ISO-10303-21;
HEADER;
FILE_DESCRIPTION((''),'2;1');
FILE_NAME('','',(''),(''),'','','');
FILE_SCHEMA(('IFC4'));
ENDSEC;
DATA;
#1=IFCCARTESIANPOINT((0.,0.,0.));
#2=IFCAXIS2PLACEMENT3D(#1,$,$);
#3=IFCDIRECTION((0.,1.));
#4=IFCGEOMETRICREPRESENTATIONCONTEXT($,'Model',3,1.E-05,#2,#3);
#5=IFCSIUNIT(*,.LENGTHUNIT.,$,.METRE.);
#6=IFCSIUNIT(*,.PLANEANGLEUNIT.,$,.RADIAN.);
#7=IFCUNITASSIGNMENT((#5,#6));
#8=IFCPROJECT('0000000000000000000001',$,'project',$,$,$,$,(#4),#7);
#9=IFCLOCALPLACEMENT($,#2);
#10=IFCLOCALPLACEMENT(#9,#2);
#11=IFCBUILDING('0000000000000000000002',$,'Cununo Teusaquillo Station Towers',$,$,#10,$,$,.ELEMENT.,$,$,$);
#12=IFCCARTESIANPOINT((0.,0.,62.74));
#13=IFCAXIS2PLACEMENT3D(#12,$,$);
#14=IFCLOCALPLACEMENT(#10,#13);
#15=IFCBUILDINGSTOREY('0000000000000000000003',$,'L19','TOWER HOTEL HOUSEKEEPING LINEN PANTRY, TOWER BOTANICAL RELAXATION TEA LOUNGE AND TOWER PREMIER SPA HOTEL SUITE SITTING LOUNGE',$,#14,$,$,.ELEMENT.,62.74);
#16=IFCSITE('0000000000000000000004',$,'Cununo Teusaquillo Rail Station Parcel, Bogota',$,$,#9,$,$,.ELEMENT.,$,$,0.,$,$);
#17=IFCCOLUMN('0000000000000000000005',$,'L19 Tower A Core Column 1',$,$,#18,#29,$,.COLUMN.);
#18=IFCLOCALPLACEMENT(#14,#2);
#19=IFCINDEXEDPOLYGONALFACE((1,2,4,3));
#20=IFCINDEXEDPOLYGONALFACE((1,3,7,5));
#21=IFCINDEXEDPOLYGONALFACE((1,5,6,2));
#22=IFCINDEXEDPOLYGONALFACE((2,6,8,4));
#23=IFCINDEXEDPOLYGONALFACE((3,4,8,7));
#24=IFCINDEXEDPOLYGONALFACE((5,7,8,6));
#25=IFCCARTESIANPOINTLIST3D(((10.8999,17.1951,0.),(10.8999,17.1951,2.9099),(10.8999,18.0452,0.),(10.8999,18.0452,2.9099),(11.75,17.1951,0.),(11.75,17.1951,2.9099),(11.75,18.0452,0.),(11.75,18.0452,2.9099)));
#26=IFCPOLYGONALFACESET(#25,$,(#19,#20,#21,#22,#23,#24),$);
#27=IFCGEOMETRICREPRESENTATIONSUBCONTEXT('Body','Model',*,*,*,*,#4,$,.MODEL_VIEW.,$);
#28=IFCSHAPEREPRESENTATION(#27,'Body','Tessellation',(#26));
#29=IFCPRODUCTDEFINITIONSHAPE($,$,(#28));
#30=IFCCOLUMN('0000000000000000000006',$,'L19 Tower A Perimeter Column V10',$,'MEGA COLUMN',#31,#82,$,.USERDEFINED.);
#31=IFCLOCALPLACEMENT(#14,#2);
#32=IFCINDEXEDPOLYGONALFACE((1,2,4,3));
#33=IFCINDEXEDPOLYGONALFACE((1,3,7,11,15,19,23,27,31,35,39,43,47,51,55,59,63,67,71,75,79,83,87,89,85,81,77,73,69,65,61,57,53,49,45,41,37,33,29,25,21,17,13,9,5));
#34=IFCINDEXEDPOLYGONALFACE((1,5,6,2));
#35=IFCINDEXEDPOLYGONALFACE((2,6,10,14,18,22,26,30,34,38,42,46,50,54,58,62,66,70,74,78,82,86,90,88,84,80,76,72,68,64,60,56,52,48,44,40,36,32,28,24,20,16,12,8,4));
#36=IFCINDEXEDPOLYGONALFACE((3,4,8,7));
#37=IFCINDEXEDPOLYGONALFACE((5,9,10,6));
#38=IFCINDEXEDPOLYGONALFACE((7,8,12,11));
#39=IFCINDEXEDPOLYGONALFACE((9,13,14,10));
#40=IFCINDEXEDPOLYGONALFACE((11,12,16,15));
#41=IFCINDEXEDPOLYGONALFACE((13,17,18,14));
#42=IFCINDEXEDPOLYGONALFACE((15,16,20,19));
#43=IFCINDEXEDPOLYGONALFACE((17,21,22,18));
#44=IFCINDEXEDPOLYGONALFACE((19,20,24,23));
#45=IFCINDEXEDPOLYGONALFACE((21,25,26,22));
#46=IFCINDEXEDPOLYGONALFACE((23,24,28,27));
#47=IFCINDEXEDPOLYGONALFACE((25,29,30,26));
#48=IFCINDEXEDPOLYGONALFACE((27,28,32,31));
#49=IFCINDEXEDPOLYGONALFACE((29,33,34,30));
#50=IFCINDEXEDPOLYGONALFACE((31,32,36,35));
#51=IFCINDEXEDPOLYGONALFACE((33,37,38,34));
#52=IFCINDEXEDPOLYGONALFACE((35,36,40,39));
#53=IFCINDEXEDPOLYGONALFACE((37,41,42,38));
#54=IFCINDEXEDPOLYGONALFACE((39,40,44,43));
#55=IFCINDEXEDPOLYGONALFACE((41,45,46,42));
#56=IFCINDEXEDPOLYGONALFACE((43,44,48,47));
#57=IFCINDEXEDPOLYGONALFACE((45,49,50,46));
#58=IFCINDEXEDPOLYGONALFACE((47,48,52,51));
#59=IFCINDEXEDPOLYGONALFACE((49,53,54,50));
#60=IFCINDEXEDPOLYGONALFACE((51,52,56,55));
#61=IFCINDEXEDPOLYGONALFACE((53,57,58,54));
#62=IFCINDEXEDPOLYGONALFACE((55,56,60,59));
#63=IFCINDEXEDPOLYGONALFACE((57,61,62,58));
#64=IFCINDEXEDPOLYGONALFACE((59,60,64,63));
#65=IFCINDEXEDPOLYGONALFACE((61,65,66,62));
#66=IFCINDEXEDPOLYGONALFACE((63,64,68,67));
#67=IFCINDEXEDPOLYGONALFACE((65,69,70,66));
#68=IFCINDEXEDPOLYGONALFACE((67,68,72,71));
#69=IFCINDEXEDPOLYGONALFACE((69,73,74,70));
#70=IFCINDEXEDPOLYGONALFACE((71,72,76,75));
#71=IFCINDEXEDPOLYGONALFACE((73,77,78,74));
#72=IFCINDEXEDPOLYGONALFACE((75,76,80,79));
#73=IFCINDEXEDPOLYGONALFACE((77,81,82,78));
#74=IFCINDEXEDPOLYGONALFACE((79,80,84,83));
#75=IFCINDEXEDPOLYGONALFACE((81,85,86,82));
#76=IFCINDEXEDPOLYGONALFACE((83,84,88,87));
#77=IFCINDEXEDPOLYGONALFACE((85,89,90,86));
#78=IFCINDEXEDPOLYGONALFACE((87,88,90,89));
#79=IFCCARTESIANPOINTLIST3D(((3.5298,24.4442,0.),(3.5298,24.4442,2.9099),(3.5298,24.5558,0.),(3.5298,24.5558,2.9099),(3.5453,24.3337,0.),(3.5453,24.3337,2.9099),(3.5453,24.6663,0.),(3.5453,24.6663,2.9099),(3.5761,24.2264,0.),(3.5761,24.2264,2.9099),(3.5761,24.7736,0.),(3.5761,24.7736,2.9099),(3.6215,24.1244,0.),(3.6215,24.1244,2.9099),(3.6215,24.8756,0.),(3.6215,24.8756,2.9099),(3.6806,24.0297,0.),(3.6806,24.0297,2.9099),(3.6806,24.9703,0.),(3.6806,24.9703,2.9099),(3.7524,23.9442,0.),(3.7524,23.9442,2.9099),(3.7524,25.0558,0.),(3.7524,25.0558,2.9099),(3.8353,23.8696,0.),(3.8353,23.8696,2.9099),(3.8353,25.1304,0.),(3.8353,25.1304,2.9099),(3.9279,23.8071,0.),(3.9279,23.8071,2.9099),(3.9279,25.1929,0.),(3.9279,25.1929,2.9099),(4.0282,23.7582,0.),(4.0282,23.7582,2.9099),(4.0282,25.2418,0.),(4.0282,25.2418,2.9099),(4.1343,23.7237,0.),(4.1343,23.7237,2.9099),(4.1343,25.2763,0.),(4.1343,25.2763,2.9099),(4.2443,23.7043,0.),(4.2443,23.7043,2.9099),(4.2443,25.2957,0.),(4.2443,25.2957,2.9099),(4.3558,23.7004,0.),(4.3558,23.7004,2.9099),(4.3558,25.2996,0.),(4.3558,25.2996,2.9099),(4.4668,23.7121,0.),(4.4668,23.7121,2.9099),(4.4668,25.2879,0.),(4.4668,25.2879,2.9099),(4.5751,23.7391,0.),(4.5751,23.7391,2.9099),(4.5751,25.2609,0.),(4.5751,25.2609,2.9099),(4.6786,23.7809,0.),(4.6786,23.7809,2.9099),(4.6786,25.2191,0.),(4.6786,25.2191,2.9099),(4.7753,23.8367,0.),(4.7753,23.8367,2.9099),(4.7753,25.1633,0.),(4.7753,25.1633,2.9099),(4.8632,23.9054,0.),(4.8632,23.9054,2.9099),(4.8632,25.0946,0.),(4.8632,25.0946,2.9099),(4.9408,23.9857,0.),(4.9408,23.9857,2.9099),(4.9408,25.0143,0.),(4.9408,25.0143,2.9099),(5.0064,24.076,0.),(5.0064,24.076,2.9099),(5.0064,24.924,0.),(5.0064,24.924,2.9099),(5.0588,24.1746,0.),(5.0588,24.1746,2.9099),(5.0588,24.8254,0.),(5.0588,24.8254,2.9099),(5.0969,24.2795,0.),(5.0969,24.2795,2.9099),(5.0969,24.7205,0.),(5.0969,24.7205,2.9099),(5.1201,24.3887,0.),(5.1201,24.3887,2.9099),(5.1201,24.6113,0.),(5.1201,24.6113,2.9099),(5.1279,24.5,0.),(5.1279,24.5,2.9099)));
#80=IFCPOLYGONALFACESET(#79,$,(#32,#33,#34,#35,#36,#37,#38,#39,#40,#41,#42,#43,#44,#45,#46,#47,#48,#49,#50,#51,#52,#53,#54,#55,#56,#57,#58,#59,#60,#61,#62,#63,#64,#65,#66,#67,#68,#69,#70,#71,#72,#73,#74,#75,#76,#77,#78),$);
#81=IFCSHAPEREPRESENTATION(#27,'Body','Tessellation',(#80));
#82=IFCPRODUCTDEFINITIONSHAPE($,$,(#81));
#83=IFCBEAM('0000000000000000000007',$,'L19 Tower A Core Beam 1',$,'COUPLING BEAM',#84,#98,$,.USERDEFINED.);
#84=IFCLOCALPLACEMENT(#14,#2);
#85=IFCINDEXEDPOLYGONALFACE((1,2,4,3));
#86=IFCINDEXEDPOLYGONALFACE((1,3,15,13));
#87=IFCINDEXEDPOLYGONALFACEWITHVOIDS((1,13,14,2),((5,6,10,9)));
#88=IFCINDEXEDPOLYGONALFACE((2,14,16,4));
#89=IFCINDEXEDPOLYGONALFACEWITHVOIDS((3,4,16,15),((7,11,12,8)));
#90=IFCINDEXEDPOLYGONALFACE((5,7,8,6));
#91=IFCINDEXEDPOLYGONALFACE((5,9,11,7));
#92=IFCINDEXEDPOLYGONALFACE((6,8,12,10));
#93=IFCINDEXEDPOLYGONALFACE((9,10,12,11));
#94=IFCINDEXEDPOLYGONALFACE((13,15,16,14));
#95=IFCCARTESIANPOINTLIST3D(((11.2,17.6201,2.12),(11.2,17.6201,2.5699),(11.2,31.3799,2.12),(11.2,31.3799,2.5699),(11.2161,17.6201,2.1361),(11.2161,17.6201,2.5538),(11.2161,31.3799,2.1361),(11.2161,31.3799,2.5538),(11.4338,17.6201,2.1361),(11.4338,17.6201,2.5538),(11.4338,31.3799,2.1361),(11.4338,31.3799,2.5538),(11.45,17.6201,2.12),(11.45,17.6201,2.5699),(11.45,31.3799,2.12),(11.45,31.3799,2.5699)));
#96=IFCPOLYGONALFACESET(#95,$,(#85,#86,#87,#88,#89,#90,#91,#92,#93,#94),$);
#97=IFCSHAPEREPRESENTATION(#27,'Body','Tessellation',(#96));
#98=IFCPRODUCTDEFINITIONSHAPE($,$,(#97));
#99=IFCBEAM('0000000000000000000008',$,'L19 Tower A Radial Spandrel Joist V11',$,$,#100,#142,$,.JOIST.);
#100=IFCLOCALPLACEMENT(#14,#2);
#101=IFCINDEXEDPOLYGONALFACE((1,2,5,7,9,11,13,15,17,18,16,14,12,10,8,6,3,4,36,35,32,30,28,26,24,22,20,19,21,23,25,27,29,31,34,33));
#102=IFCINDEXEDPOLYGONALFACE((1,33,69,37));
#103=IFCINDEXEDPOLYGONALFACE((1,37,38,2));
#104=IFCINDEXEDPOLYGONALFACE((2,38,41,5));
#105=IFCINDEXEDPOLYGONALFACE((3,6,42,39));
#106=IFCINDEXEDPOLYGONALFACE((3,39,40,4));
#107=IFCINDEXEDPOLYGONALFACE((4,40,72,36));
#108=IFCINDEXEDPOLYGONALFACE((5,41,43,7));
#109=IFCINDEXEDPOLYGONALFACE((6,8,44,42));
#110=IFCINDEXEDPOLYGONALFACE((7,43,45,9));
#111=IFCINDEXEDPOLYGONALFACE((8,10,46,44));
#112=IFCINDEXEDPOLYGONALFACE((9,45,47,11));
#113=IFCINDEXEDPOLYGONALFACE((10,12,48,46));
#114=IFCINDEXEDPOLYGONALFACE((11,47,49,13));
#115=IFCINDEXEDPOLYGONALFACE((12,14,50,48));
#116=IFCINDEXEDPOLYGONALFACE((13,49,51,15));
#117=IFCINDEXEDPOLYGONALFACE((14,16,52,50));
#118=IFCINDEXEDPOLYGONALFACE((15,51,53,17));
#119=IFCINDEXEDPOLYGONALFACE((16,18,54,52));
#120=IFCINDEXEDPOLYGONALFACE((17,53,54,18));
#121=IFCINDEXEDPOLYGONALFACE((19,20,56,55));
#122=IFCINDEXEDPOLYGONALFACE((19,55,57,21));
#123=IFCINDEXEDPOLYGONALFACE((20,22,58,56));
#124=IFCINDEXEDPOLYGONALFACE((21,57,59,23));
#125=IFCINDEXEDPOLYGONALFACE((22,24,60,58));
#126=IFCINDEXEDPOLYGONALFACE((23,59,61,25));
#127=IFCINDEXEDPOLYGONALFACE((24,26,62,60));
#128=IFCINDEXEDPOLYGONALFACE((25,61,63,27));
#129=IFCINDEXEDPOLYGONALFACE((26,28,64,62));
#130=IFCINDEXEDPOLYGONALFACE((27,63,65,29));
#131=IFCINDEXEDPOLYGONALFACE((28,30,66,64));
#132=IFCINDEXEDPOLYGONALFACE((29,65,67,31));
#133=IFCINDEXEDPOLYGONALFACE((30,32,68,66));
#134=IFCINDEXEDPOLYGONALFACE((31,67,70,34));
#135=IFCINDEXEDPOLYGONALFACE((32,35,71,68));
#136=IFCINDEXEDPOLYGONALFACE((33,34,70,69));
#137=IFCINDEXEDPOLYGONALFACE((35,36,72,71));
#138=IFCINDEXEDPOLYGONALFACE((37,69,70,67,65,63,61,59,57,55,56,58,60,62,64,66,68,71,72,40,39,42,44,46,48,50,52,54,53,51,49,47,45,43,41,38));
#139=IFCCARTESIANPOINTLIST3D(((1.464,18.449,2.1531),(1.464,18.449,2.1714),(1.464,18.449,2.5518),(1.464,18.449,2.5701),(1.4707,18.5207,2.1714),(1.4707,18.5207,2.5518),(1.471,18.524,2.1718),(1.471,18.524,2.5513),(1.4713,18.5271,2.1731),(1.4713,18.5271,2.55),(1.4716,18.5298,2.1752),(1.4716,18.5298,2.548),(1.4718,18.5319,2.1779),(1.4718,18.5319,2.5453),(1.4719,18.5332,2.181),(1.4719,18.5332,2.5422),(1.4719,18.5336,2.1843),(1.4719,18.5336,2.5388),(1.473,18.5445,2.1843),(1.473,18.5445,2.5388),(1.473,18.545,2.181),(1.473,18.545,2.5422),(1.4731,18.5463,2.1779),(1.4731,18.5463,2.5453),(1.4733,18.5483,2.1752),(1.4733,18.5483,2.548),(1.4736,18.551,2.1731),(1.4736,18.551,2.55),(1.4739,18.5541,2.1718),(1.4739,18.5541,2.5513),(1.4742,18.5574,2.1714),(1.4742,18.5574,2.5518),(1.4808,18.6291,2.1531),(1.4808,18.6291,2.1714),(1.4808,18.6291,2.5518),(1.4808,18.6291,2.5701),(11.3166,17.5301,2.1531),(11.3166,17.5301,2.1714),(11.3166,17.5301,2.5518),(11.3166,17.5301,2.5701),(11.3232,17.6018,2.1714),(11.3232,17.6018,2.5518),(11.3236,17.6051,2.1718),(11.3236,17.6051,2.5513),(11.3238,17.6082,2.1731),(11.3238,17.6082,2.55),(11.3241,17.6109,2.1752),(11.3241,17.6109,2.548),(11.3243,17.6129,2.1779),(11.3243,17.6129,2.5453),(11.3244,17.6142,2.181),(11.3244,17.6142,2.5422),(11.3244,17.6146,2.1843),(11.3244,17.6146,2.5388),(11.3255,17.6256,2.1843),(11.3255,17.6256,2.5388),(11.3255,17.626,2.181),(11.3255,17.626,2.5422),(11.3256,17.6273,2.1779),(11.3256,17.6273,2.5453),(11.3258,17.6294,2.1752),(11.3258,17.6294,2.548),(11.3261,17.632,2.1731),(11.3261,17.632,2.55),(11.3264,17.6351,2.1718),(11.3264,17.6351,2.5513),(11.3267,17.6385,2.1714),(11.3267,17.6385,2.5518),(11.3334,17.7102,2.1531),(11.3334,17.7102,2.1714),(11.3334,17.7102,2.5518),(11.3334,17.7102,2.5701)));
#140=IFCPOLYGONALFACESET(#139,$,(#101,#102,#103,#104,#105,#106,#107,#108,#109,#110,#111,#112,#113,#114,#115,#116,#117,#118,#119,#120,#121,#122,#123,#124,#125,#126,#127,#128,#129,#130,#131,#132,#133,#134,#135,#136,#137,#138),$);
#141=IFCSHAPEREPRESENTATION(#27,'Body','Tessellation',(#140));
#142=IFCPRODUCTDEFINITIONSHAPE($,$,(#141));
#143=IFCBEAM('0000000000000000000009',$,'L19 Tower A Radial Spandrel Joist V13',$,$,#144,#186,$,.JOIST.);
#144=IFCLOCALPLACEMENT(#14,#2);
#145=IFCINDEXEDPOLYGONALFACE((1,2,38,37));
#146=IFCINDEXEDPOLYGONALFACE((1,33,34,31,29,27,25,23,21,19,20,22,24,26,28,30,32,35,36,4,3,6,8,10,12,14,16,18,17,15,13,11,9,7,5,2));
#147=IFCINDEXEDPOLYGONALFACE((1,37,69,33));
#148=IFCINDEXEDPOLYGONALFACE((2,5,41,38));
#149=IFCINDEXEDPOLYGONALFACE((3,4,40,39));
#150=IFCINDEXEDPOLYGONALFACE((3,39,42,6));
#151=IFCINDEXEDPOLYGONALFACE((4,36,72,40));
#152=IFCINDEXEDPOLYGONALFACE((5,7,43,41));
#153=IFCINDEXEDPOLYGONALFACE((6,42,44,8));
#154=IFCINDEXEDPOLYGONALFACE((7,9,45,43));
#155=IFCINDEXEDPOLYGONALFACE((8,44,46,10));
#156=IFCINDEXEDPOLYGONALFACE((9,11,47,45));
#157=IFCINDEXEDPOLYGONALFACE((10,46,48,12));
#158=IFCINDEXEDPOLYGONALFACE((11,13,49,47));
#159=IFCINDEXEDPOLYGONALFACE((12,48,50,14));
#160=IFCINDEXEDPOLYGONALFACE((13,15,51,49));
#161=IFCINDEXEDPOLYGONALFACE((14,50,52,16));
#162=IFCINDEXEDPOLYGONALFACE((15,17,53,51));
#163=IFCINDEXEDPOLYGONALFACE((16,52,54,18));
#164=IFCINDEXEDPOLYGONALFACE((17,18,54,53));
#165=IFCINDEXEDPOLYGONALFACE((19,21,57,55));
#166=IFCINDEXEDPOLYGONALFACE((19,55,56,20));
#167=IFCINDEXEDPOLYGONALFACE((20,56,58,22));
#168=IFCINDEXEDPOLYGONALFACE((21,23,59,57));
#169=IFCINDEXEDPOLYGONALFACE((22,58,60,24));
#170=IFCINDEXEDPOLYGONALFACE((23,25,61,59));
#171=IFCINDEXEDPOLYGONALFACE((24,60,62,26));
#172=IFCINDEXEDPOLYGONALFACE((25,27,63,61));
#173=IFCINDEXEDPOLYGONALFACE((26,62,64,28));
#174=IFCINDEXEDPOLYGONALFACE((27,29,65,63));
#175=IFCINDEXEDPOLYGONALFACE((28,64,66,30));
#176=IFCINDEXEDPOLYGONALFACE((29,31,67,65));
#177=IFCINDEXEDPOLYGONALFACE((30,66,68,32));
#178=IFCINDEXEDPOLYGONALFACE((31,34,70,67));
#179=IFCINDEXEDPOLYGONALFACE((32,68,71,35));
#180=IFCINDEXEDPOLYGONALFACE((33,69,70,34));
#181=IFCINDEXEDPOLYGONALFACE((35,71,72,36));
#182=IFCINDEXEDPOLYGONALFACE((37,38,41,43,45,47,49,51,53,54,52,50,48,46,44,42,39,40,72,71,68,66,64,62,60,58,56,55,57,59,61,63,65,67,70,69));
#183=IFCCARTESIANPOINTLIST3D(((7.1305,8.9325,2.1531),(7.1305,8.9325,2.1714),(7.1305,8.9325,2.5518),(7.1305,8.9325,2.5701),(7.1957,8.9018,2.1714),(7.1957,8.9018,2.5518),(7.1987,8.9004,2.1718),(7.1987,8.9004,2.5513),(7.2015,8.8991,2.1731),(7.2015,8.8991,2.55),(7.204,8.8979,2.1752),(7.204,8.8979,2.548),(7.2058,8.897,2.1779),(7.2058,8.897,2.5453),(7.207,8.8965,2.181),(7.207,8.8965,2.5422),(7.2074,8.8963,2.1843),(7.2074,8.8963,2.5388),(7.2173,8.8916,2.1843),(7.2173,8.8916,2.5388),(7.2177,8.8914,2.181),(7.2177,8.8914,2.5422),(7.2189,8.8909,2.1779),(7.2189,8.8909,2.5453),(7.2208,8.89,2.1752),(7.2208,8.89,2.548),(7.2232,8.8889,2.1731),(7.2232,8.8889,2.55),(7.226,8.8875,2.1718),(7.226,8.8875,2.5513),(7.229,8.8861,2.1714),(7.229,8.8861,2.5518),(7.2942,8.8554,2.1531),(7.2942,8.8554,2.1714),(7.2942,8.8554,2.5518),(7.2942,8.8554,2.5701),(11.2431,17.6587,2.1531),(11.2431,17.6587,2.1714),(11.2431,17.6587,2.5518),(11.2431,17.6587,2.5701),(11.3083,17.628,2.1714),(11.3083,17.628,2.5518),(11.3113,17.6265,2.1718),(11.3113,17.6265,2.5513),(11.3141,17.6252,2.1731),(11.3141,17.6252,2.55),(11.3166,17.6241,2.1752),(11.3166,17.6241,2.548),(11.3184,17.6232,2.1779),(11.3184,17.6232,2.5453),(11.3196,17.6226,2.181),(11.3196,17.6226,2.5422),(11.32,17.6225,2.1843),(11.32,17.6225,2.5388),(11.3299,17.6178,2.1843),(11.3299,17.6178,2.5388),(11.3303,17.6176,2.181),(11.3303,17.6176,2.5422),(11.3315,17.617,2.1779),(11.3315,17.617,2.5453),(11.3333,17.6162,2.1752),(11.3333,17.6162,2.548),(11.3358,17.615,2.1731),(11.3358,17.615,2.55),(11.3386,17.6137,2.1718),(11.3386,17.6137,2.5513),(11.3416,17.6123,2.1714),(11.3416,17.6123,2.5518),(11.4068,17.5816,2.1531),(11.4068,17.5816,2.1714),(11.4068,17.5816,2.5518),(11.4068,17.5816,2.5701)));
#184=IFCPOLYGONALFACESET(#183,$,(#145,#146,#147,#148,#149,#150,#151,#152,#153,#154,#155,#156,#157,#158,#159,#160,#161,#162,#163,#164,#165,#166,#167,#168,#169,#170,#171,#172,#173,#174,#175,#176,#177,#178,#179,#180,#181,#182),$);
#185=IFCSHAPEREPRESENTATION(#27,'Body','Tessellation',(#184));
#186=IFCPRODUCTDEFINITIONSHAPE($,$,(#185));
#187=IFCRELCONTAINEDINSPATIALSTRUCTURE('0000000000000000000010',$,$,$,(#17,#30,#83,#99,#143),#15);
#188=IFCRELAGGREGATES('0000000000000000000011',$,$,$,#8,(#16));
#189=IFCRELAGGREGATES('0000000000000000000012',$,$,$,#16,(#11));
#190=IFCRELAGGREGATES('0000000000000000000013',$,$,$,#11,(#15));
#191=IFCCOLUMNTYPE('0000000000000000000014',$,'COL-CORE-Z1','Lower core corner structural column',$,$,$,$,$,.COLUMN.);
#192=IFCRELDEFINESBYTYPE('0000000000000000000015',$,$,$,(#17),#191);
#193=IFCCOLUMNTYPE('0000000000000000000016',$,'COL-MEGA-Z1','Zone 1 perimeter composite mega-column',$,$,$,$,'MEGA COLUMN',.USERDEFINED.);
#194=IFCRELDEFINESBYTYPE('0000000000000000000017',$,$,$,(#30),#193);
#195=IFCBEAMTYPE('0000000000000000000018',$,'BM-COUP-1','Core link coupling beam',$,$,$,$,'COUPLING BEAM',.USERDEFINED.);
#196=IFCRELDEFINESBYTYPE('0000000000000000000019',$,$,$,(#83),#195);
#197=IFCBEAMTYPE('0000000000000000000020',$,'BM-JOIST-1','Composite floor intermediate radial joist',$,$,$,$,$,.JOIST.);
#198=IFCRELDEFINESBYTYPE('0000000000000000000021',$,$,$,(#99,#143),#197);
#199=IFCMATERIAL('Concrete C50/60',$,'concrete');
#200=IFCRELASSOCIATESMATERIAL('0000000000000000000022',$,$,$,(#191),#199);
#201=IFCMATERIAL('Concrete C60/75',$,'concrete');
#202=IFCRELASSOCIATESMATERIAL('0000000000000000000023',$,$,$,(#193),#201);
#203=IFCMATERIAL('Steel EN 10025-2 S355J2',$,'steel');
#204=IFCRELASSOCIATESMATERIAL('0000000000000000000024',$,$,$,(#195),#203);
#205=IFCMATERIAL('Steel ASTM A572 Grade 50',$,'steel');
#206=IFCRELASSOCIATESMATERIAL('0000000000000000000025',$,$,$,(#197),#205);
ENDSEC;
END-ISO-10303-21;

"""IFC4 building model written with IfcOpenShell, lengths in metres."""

from ifc_helpers import new_model, si_unit, direction, frame, origin, origin_2d, place, context, subcontext, project, spatial, rectangle, hollow_rectangle, circle, i_section, extrude, material, material_profile, profile_set, type_object, element, save


model = new_model("IFC4")

# Units and contexts
model_context = context("Model", 3, precision=1e-05, world=origin(), true_north=direction((0.0, 1.0)))
body_context = subcontext(model_context, "Body", "Model", "MODEL_VIEW")
ifc_project = project(units=[si_unit("LENGTHUNIT", "METRE"), si_unit("PLANEANGLEUNIT", "RADIAN")], contexts=[model_context])

# Site, building, storey
site_placement = place(None, origin())
site = spatial("IfcSite", under=ifc_project, at=site_placement, Name="Cununo Teusaquillo Rail Station Parcel, Bogota", CompositionType="ELEMENT", RefElevation=0.0)
building_placement = place(site_placement, origin())
building = spatial("IfcBuilding", under=site, at=building_placement, Name="Cununo Teusaquillo Station Towers", CompositionType="ELEMENT")
storey_placement = place(building_placement, frame((0.0, 0.0, 62.74)))
storey = spatial("IfcBuildingStorey", under=building, at=storey_placement, Name="L19", Description="TOWER HOTEL HOUSEKEEPING LINEN PANTRY, TOWER BOTANICAL RELAXATION TEA LOUNGE AND TOWER PREMIER SPA HOTEL SUITE SITTING LOUNGE", CompositionType="ELEMENT", Elevation=62.74)

# Columns
ifc_material_1 = material(Name="Concrete C50/60", Category="concrete")
ifc_material_profile_1 = material_profile(ifc_material_1, rectangle(XDim=0.8501, YDim=0.8501, at=origin_2d()), Name="RC-RECT-850x850")
ifc_profile_set_1 = profile_set([ifc_material_profile_1], Name="Concrete C50/60")
column_type_1 = type_object("IfcColumnType", Name="COL-CORE-Z1", Description="Lower core corner structural column", PredefinedType="COLUMN", material=ifc_profile_set_1)
column_1_placement = place(storey_placement, frame((11.325, 17.6201, 0.0), z_axis=(0.0, 0.0, 1.0), x_axis=(1.0, 0.0, 0.0)))
element("IfcColumn", 1, at=column_1_placement, inside=storey, type_object=column_type_1, Name="L19 Tower A Core Column 1", PredefinedType="COLUMN", context=body_context, shape_type="SweptSolid", body=[
    extrude(rectangle(XDim=0.8501, YDim=0.8501, at=origin_2d()), origin(), (0.0, 0.0, 1.0), 2.9099),
])
ifc_material_2 = material(Name="Concrete C60/75", Category="concrete")
ifc_material_profile_2 = material_profile(ifc_material_2, circle(Radius=0.8, at=origin_2d()), Name="RC-CIRC-1600")
ifc_profile_set_2 = profile_set([ifc_material_profile_2], Name="Concrete C60/75")
column_type_2 = type_object("IfcColumnType", Name="COL-MEGA-Z1", Description="Zone 1 perimeter composite mega-column", ElementType="MEGA COLUMN", PredefinedType="USERDEFINED", material=ifc_profile_set_2)
column_2_placement = place(storey_placement, frame((4.3279, 24.5, 0.0), z_axis=(0.0, 0.0, 1.0), x_axis=(1.0, 0.0, 0.0)))
element("IfcColumn", 2, at=column_2_placement, inside=storey, type_object=column_type_2, Name="L19 Tower A Perimeter Column V10", ObjectType="MEGA COLUMN", PredefinedType="USERDEFINED", context=body_context, shape_type="SweptSolid", body=[
    extrude(circle(Radius=0.8, at=origin_2d()), origin(), (0.0, 0.0, 1.0), 2.9099),
])

# Beams
ifc_material_3 = material(Name="Steel EN 10025-2 S355J2", Category="steel")
ifc_material_profile_3 = material_profile(ifc_material_3, hollow_rectangle(XDim=0.25, YDim=0.45, WallThickness=0.0161, at=origin_2d()), Name="RHS 450x250x16")
ifc_profile_set_3 = profile_set([ifc_material_profile_3], Name="Steel EN 10025-2 S355J2")
beam_type_1 = type_object("IfcBeamType", Name="BM-COUP-1", Description="Core link coupling beam", ElementType="COUPLING BEAM", PredefinedType="USERDEFINED", material=ifc_profile_set_3)
beam_1_placement = place(storey_placement, frame((11.325, 17.6201, 2.345), z_axis=(0.0, 1.0, 0.0), x_axis=(-1.0, 0.0, 0.0)))
element("IfcBeam", 3, at=beam_1_placement, inside=storey, type_object=beam_type_1, Name="L19 Tower A Core Beam 1", ObjectType="COUPLING BEAM", PredefinedType="USERDEFINED", context=body_context, shape_type="SweptSolid", body=[
    extrude(hollow_rectangle(XDim=0.25, YDim=0.45, WallThickness=0.0161, at=origin_2d()), origin(), (0.0, 0.0, 1.0), 13.7598),
])
ifc_material_4 = material(Name="Steel ASTM A572 Grade 50", Category="steel")
ifc_material_profile_4 = material_profile(ifc_material_4, i_section(OverallWidth=0.1809, OverallDepth=0.417, WebThickness=0.011, FlangeThickness=0.0183, FilletRadius=0.0129, at=origin_2d()), Name="W16X57")
ifc_profile_set_4 = profile_set([ifc_material_profile_4], Name="Steel ASTM A572 Grade 50")
beam_type_2 = type_object("IfcBeamType", Name="BM-JOIST-1", Description="Composite floor intermediate radial joist", PredefinedType="JOIST", material=ifc_profile_set_4)
beam_2_placement = place(storey_placement, frame((11.325, 17.6201, 2.3616), z_axis=(-0.995679, 0.092867, 0.0), x_axis=(-0.092867, -0.995679, 0.0)))
element("IfcBeam", 4, at=beam_2_placement, inside=storey, type_object=beam_type_2, Name="L19 Tower A Radial Spandrel Joist V11", PredefinedType="JOIST", context=body_context, shape_type="SweptSolid", body=[
    extrude(i_section(OverallWidth=0.1809, OverallDepth=0.417, WebThickness=0.011, FlangeThickness=0.0183, FilletRadius=0.0129, at=origin_2d()), origin(), (0.0, 0.0, 1.0), 9.8953),
])
beam_3_placement = place(storey_placement, frame((11.325, 17.6201, 2.3616), z_axis=(-0.42632, -0.904572, 0.0), x_axis=(0.904572, -0.42632, 0.0)))
element("IfcBeam", 5, at=beam_3_placement, inside=storey, type_object=beam_type_2, Name="L19 Tower A Radial Spandrel Joist V13", PredefinedType="JOIST", context=body_context, shape_type="SweptSolid", body=[
    extrude(i_section(OverallWidth=0.1809, OverallDepth=0.417, WebThickness=0.011, FlangeThickness=0.0183, FilletRadius=0.0129, at=origin_2d()), origin(), (0.0, 0.0, 1.0), 9.6467),
])

save(model, "model.ifc")
